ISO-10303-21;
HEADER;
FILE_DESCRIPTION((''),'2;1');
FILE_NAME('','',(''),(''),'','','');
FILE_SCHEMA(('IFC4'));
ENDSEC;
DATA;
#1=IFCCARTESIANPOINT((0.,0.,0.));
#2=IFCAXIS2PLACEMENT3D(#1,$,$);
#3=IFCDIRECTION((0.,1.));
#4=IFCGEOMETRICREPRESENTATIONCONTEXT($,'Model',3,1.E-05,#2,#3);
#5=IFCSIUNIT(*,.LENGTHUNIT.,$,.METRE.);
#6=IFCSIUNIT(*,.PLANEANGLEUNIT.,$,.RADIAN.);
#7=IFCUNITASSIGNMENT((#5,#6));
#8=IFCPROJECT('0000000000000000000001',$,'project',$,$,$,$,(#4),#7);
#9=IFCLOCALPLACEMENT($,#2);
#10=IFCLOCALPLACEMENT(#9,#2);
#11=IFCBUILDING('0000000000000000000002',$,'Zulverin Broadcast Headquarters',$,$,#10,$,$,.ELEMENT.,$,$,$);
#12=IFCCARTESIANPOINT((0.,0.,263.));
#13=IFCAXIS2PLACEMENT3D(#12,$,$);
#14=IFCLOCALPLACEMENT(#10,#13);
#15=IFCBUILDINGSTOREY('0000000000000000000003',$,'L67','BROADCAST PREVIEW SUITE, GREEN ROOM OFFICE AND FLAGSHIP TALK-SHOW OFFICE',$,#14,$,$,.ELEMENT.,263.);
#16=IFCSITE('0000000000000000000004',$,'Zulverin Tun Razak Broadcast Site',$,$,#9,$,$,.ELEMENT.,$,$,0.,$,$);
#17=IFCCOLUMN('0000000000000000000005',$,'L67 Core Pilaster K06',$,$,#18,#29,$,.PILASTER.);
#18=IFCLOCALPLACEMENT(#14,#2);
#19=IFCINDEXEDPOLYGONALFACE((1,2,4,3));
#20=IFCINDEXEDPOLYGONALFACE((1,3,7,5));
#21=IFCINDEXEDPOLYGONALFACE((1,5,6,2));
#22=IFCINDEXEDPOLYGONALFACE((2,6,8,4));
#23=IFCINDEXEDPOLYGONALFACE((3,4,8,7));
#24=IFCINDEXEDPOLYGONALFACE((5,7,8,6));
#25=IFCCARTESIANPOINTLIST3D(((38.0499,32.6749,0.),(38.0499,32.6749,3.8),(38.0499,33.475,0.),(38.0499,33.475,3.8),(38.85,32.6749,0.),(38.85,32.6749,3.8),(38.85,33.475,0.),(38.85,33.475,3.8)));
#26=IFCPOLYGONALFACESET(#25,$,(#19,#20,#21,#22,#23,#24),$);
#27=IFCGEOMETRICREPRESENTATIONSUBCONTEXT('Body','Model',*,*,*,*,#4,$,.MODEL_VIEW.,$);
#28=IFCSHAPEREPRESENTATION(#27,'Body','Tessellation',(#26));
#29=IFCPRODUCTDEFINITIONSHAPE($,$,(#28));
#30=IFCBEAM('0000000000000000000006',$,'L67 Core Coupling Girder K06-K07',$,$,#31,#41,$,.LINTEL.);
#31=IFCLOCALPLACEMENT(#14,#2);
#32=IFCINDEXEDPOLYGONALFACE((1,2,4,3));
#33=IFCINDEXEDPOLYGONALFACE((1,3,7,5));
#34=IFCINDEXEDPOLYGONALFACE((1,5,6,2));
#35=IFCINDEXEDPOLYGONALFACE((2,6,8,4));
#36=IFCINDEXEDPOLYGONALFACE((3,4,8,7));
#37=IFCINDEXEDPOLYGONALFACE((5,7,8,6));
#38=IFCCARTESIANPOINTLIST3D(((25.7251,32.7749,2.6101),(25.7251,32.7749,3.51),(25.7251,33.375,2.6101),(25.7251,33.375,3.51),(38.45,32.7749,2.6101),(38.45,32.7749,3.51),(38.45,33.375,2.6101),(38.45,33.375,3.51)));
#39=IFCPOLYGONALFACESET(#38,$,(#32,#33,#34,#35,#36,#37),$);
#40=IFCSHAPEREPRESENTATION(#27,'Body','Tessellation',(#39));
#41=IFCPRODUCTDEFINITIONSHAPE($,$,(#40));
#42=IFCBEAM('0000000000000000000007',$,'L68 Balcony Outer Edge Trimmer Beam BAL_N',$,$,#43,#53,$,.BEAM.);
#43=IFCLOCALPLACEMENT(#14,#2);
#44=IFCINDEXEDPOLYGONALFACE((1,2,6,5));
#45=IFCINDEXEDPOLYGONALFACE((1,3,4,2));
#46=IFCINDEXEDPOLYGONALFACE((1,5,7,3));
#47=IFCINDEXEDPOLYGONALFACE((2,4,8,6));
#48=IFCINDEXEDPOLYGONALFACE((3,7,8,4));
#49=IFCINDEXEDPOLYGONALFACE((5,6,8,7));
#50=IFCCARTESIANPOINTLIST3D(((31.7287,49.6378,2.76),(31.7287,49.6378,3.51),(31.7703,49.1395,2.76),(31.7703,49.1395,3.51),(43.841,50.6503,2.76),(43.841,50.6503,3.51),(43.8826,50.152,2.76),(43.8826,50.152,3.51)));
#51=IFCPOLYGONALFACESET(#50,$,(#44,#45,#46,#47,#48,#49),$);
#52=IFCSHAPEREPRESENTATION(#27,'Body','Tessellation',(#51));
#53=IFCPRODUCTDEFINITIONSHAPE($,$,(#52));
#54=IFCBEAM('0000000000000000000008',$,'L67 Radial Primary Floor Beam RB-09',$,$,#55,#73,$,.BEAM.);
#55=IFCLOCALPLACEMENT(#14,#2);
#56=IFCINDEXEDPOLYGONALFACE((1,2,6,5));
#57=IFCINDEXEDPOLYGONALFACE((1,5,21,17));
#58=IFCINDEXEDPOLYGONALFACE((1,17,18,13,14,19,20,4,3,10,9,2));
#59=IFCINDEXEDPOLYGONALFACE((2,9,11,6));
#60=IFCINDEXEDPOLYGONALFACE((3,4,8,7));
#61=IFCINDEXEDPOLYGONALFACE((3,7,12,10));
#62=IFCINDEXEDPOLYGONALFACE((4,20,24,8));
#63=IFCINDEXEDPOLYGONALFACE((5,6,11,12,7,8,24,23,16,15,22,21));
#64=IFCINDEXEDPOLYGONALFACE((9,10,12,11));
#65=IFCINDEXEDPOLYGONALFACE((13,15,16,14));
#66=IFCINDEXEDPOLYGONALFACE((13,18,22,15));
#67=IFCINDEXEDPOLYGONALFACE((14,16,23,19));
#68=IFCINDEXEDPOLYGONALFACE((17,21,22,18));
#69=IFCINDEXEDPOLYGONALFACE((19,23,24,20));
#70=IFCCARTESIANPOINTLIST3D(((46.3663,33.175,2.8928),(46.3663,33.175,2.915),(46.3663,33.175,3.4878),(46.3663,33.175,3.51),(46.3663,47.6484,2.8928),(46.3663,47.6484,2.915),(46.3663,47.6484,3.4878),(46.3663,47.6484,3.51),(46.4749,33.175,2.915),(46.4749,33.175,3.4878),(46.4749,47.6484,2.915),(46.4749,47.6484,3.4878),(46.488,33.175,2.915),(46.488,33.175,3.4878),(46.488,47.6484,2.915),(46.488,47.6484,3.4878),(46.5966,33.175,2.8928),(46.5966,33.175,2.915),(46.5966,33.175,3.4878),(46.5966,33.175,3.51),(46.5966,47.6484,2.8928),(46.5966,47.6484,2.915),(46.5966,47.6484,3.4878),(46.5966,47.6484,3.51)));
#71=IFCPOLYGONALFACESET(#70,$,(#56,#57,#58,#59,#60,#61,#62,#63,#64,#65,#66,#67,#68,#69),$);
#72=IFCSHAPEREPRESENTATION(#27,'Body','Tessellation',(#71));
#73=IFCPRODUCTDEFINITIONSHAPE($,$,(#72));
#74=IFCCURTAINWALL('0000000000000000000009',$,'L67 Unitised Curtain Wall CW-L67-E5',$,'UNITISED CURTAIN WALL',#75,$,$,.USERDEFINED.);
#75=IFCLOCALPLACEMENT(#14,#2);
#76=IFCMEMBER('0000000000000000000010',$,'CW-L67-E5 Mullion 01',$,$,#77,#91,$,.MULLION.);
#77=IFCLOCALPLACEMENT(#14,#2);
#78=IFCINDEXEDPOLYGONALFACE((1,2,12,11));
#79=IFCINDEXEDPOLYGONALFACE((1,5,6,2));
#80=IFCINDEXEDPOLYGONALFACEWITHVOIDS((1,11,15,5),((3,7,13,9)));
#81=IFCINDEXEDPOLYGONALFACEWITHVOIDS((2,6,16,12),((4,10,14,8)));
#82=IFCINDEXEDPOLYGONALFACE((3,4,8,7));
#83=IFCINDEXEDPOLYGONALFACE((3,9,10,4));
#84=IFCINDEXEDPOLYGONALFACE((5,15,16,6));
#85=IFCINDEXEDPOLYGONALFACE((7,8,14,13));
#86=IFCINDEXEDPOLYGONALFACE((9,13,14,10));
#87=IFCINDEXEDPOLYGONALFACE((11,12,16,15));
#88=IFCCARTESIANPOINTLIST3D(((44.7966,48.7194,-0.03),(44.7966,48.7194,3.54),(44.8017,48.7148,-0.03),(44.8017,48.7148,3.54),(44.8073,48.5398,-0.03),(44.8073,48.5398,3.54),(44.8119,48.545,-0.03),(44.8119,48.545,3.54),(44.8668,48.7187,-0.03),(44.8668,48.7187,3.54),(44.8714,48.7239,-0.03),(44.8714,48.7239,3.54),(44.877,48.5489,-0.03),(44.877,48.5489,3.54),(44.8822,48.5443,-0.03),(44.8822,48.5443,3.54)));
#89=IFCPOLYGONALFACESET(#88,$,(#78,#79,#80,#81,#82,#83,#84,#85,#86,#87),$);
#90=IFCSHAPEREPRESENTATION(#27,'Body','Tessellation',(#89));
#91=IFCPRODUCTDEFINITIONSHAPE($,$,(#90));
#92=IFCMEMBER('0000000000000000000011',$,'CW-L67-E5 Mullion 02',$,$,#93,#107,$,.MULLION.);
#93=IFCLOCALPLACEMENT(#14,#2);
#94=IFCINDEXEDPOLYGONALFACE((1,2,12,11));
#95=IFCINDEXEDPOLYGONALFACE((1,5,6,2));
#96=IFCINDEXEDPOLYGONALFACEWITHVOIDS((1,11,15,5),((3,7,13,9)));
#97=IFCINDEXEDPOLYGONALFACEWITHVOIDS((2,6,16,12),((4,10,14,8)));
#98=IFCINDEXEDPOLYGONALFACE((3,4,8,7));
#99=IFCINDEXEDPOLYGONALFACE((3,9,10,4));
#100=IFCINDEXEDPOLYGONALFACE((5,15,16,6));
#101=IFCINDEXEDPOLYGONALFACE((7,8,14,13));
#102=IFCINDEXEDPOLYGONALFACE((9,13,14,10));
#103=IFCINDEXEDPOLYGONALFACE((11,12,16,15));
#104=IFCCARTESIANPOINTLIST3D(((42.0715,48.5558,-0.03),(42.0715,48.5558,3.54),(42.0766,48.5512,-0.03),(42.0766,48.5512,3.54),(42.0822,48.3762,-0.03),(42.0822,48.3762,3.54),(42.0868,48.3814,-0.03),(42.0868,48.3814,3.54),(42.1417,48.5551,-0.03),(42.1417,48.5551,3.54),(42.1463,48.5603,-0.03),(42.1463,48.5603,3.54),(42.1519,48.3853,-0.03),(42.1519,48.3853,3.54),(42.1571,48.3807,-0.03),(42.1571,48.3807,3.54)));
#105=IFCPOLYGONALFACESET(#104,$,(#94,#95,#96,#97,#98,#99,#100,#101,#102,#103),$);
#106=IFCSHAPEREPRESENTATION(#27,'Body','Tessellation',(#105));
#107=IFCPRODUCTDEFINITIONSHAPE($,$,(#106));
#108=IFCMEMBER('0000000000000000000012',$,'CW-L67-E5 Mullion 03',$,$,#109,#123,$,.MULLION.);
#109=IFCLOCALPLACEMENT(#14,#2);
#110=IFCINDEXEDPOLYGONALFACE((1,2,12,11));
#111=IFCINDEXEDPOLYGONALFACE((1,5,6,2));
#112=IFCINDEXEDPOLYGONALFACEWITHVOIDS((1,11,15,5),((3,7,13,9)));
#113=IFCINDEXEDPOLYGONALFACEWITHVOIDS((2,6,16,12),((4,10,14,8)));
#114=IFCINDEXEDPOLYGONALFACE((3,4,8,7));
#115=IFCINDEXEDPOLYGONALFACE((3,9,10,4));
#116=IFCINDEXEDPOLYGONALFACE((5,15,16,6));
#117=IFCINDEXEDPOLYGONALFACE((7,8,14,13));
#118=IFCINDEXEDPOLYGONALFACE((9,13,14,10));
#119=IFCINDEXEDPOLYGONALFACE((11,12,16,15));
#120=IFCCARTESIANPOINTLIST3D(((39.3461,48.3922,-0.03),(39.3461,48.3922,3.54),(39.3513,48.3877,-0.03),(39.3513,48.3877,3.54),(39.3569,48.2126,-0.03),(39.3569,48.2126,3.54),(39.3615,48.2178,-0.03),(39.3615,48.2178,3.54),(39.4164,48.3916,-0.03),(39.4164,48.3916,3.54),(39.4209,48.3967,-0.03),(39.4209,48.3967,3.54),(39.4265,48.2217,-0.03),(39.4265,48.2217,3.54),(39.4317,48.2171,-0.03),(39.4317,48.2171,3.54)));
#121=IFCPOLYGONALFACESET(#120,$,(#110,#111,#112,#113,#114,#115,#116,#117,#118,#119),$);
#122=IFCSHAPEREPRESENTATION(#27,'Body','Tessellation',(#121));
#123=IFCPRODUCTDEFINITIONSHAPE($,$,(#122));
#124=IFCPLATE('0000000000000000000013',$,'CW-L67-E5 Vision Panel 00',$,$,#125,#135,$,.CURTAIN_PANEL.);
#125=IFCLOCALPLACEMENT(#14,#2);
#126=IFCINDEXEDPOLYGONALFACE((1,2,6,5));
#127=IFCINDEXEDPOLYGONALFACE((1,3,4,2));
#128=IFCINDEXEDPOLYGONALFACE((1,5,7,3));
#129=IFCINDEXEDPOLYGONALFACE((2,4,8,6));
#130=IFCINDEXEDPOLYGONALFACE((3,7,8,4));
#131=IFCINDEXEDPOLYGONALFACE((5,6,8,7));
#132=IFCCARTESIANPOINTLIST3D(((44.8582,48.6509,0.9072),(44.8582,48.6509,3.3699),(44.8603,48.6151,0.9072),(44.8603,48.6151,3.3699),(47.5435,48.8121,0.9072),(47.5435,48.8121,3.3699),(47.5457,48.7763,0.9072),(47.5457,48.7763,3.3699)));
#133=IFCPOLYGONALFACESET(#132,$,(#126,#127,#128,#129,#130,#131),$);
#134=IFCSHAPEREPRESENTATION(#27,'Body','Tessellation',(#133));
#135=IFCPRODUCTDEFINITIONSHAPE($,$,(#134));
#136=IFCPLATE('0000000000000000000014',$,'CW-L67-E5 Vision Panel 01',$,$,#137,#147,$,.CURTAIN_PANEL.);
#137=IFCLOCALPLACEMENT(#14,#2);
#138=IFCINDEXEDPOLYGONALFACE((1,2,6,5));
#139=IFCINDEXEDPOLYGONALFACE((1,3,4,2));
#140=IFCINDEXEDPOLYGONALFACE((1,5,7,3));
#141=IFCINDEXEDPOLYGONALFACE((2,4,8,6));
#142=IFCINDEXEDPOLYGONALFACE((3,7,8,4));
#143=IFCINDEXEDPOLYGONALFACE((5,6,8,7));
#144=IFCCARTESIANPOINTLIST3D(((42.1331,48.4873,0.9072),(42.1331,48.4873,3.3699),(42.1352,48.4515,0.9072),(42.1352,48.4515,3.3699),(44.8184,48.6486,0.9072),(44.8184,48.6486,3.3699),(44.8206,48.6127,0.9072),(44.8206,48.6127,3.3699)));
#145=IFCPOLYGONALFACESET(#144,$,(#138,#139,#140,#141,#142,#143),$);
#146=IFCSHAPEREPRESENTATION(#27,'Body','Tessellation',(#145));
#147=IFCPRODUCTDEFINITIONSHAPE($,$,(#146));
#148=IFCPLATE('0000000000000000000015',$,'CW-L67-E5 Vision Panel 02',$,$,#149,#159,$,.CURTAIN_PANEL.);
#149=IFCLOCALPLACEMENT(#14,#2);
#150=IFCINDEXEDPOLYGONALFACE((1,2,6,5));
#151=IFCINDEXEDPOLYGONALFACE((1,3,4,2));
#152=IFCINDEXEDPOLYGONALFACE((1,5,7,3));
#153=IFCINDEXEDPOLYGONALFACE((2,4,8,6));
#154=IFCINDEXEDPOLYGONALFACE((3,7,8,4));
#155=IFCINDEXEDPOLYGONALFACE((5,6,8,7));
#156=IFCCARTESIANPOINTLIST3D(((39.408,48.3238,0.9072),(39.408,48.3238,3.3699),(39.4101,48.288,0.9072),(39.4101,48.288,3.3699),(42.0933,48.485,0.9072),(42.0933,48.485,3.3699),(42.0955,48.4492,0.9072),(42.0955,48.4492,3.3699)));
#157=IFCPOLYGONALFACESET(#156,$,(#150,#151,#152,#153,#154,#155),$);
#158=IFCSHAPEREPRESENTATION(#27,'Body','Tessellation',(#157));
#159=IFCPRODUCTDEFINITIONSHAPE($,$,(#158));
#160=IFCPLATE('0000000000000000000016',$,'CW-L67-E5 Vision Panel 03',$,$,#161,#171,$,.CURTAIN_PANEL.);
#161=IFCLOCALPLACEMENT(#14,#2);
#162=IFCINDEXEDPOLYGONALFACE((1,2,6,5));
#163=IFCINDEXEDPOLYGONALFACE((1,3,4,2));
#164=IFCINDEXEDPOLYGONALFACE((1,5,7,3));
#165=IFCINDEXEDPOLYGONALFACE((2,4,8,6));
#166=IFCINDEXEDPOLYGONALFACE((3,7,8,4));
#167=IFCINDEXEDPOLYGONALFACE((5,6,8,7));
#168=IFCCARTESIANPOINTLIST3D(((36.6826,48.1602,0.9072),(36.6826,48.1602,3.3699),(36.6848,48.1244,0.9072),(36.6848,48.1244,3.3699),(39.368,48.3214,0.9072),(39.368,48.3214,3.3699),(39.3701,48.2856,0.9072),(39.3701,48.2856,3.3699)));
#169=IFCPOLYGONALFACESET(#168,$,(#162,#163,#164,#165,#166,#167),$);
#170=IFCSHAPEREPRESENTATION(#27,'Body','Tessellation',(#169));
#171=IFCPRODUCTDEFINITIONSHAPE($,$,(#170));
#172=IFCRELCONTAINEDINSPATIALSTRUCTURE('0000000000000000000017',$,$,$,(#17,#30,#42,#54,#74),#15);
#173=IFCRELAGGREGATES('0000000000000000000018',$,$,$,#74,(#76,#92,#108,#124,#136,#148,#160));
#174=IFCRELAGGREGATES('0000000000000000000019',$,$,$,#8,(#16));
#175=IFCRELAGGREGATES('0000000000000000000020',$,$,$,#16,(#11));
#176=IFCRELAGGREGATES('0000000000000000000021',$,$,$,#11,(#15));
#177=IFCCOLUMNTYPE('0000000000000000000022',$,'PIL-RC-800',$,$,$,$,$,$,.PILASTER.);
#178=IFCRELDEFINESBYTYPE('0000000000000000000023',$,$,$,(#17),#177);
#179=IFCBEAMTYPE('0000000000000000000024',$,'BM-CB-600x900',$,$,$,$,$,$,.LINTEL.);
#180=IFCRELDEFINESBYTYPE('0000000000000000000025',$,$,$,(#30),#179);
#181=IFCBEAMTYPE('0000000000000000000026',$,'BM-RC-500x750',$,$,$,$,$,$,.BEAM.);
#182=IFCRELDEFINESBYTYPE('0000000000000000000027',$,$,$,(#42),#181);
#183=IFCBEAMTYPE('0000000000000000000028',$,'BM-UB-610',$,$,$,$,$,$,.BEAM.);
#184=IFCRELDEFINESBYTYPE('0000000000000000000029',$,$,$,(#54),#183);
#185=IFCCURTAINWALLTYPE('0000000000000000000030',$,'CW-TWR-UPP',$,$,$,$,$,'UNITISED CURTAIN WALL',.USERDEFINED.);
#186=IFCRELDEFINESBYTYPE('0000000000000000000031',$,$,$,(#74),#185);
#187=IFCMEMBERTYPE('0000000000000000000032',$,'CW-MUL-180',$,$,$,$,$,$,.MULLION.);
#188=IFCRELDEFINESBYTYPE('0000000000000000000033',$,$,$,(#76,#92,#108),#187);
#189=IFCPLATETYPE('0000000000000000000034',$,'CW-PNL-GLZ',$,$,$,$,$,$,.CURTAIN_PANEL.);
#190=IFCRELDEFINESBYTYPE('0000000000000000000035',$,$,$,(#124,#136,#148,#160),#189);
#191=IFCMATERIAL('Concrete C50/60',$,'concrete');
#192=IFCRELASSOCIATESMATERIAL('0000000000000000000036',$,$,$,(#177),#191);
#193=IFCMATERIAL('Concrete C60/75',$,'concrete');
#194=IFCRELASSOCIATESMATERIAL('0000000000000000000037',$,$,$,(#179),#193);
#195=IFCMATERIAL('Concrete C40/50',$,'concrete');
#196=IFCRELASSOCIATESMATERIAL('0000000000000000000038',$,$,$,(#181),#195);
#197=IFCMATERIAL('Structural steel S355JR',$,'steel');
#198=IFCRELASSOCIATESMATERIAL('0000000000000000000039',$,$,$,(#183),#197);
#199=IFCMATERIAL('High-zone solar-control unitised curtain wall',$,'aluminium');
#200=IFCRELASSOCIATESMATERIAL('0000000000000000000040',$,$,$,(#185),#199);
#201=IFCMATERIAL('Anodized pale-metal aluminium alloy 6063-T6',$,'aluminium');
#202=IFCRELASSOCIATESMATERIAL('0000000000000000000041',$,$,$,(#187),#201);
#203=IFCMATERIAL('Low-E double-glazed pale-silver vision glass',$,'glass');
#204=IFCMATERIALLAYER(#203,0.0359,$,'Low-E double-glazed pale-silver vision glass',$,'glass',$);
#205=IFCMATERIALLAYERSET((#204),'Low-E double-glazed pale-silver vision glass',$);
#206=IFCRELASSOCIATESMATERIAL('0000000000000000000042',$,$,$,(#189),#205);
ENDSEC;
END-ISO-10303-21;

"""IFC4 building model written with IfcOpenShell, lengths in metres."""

from ifc_helpers import new_model, si_unit, direction, frame, origin, origin_2d, place, context, subcontext, project, spatial, rectangle, hollow_rectangle, i_section, extrude, material, layer, layer_set, material_profile, profile_set, type_object, element, aggregate, save


model = new_model("IFC4")

# Units and contexts
model_context = context("Model", 3, precision=1e-05, world=origin(), true_north=direction((0.0, 1.0)))
body_context = subcontext(model_context, "Body", "Model", "MODEL_VIEW")
ifc_project = project(units=[si_unit("LENGTHUNIT", "METRE"), si_unit("PLANEANGLEUNIT", "RADIAN")], contexts=[model_context])

# Site, building, storey
site_placement = place(None, origin())
site = spatial("IfcSite", under=ifc_project, at=site_placement, Name="Zulverin Tun Razak Broadcast Site", CompositionType="ELEMENT", RefElevation=0.0)
building_placement = place(site_placement, origin())
building = spatial("IfcBuilding", under=site, at=building_placement, Name="Zulverin Broadcast Headquarters", CompositionType="ELEMENT")
storey_placement = place(building_placement, frame((0.0, 0.0, 263.0)))
storey = spatial("IfcBuildingStorey", under=building, at=storey_placement, Name="L67", Description="BROADCAST PREVIEW SUITE, GREEN ROOM OFFICE AND FLAGSHIP TALK-SHOW OFFICE", CompositionType="ELEMENT", Elevation=263.0)

# Column
ifc_material_1 = material(Name="Concrete C50/60", Category="concrete")
ifc_material_profile_1 = material_profile(ifc_material_1, rectangle(XDim=0.8, YDim=0.8, at=origin_2d()), Name="Concrete C50/60", Category="concrete")
ifc_profile_set_1 = profile_set([ifc_material_profile_1], Name="Concrete C50/60")
column_type = type_object("IfcColumnType", Name="PIL-RC-800", PredefinedType="PILASTER", material=ifc_profile_set_1)
column_placement = place(storey_placement, frame((38.45, 33.075, 0.0), z_axis=(0.0, 0.0, 1.0), x_axis=(1.0, 0.0, 0.0)))
element("IfcColumn", 1, at=column_placement, inside=storey, type_object=column_type, Name="L67 Core Pilaster K06", PredefinedType="PILASTER", context=body_context, shape_type="SweptSolid", body=[
    extrude(rectangle(XDim=0.8, YDim=0.8, at=origin_2d()), origin(), (0.0, 0.0, 1.0), 3.8),
])

# Beams
ifc_material_2 = material(Name="Concrete C60/75", Category="concrete")
ifc_material_profile_2 = material_profile(ifc_material_2, rectangle(XDim=0.6001, YDim=0.8999, at=origin_2d()), Name="Concrete C60/75", Category="concrete")
ifc_profile_set_2 = profile_set([ifc_material_profile_2], Name="Concrete C60/75")
beam_type_1 = type_object("IfcBeamType", Name="BM-CB-600x900", PredefinedType="LINTEL", material=ifc_profile_set_2)
beam_1_placement = place(storey_placement, frame((38.45, 33.075, 3.0601), z_axis=(-1.0, 0.0, 0.0), x_axis=(0.0, -1.0, 0.0)))
element("IfcBeam", 2, at=beam_1_placement, inside=storey, type_object=beam_type_1, Name="L67 Core Coupling Girder K06-K07", PredefinedType="LINTEL", context=body_context, shape_type="SweptSolid", body=[
    extrude(rectangle(XDim=0.6001, YDim=0.8999, at=origin_2d()), origin(), (0.0, 0.0, 1.0), 12.7249),
])
ifc_material_3 = material(Name="Concrete C40/50", Category="concrete")
ifc_material_profile_3 = material_profile(ifc_material_3, rectangle(XDim=0.5, YDim=0.75, at=origin_2d()), Name="Concrete C40/50", Category="concrete")
ifc_profile_set_3 = profile_set([ifc_material_profile_3], Name="Concrete C40/50")
beam_type_2 = type_object("IfcBeamType", Name="BM-RC-500x750", PredefinedType="BEAM", material=ifc_profile_set_3)
beam_2_placement = place(storey_placement, frame((43.8618, 50.4011, 3.135), z_axis=(-0.996525, -0.083298, 0.0), x_axis=(0.083298, -0.996525, 0.0)))
element("IfcBeam", 3, at=beam_2_placement, inside=storey, type_object=beam_type_2, Name="L68 Balcony Outer Edge Trimmer Beam BAL_N", PredefinedType="BEAM", context=body_context, shape_type="SweptSolid", body=[
    extrude(rectangle(XDim=0.5, YDim=0.75, at=origin_2d()), origin(), (0.0, 0.0, 1.0), 12.1545),
])
ifc_material_4 = material(Name="Structural steel S355JR", Category="steel")
ifc_material_profile_4 = material_profile(ifc_material_4, i_section(OverallWidth=0.2302, OverallDepth=0.6172, WebThickness=0.0132, FlangeThickness=0.0222, at=origin_2d()), Name="Structural steel S355JR", Category="steel")
ifc_profile_set_4 = profile_set([ifc_material_profile_4], Name="Structural steel S355JR")
beam_type_3 = type_object("IfcBeamType", Name="BM-UB-610", PredefinedType="BEAM", material=ifc_profile_set_4)
beam_3_placement = place(storey_placement, frame((46.4814, 33.175, 3.2014), z_axis=(0.0, 1.0, 0.0), x_axis=(-1.0, 0.0, 0.0)))
element("IfcBeam", 4, at=beam_3_placement, inside=storey, type_object=beam_type_3, Name="L67 Radial Primary Floor Beam RB-09", PredefinedType="BEAM", context=body_context, shape_type="SweptSolid", body=[
    extrude(i_section(OverallWidth=0.2302, OverallDepth=0.6172, WebThickness=0.0132, FlangeThickness=0.0222, at=origin_2d()), origin(), (0.0, 0.0, 1.0), 14.4734),
])

# Curtain wall, members, plates
ifc_material_5 = material(Name="High-zone solar-control unitised curtain wall", Category="aluminium")
curtain_wall_type = type_object("IfcCurtainWallType", Name="CW-TWR-UPP", ElementType="UNITISED CURTAIN WALL", PredefinedType="USERDEFINED", material=ifc_material_5)
curtain_wall_placement = place(storey_placement, origin())
curtain_wall = element("IfcCurtainWall", 5, at=curtain_wall_placement, inside=storey, type_object=curtain_wall_type, Name="L67 Unitised Curtain Wall CW-L67-E5", ObjectType="UNITISED CURTAIN WALL", PredefinedType="USERDEFINED")
ifc_material_6 = material(Name="Anodized pale-metal aluminium alloy 6063-T6", Category="aluminium")
ifc_material_profile_5 = material_profile(ifc_material_6, hollow_rectangle(XDim=0.075, YDim=0.1799, WallThickness=0.0049, at=origin_2d()), Name="Anodized pale-metal aluminium alloy 6063-T6", Category="aluminium")
ifc_profile_set_5 = profile_set([ifc_material_profile_5], Name="Anodized pale-metal aluminium alloy 6063-T6")
member_type = type_object("IfcMemberType", Name="CW-MUL-180", PredefinedType="MULLION", material=ifc_profile_set_5)
member_1_placement = place(storey_placement, frame((44.8394, 48.6318, -0.03), z_axis=(0.0, 0.0, 1.0), x_axis=(-0.998203, -0.05993, 0.0)))
member_1 = element("IfcMember", 6, at=member_1_placement, type_object=member_type, Name="CW-L67-E5 Mullion 01", PredefinedType="MULLION", context=body_context, shape_type="SweptSolid", body=[
    extrude(hollow_rectangle(XDim=0.075, YDim=0.1799, WallThickness=0.0049, at=origin_2d()), origin(), (0.0, 0.0, 1.0), 3.5701),
])
member_2_placement = place(storey_placement, frame((42.1143, 48.4683, -0.03), z_axis=(0.0, 0.0, 1.0), x_axis=(-0.998203, -0.05993, 0.0)))
member_2 = element("IfcMember", 7, at=member_2_placement, type_object=member_type, Name="CW-L67-E5 Mullion 02", PredefinedType="MULLION", context=body_context, shape_type="SweptSolid", body=[
    extrude(hollow_rectangle(XDim=0.075, YDim=0.1799, WallThickness=0.0049, at=origin_2d()), origin(), (0.0, 0.0, 1.0), 3.5701),
])
member_3_placement = place(storey_placement, frame((39.3889, 48.3047, -0.03), z_axis=(0.0, 0.0, 1.0), x_axis=(-0.998203, -0.05993, 0.0)))
member_3 = element("IfcMember", 8, at=member_3_placement, type_object=member_type, Name="CW-L67-E5 Mullion 03", PredefinedType="MULLION", context=body_context, shape_type="SweptSolid", body=[
    extrude(hollow_rectangle(XDim=0.075, YDim=0.1799, WallThickness=0.0049, at=origin_2d()), origin(), (0.0, 0.0, 1.0), 3.5701),
])
ifc_material_7 = material(Name="Low-E double-glazed pale-silver vision glass", Category="glass")
ifc_layer_1 = layer(ifc_material_7, 0.0359, Name="Low-E double-glazed pale-silver vision glass", Category="glass")
ifc_layer_set_1 = layer_set([ifc_layer_1], Name="Low-E double-glazed pale-silver vision glass")
plate_type_1 = type_object("IfcPlateType", Name="CW-PNL-GLZ", PredefinedType="CURTAIN_PANEL", material=ifc_layer_set_1)
plate_1_placement = place(storey_placement, frame((46.2019, 48.7136, 0.9072), z_axis=(0.0, 0.0, 1.0), x_axis=(-0.998203, -0.05993, 0.0)))
plate_1 = element("IfcPlate", 9, at=plate_1_placement, type_object=plate_type_1, Name="CW-L67-E5 Vision Panel 00", PredefinedType="CURTAIN_PANEL", context=body_context, shape_type="SweptSolid", body=[
    extrude(rectangle(XDim=2.6902, YDim=0.0359, at=origin_2d()), origin(), (0.0, 0.0, 1.0), 2.4626),
])
plate_2_placement = place(storey_placement, frame((43.4768, 48.55, 0.9072), z_axis=(0.0, 0.0, 1.0), x_axis=(-0.998203, -0.05993, 0.0)))
plate_2 = element("IfcPlate", 10, at=plate_2_placement, type_object=plate_type_1, Name="CW-L67-E5 Vision Panel 01", PredefinedType="CURTAIN_PANEL", context=body_context, shape_type="SweptSolid", body=[
    extrude(rectangle(XDim=2.6902, YDim=0.0359, at=origin_2d()), origin(), (0.0, 0.0, 1.0), 2.4626),
])
plate_3_placement = place(storey_placement, frame((40.7517, 48.3865, 0.9072), z_axis=(0.0, 0.0, 1.0), x_axis=(-0.998203, -0.05993, 0.0)))
plate_3 = element("IfcPlate", 11, at=plate_3_placement, type_object=plate_type_1, Name="CW-L67-E5 Vision Panel 02", PredefinedType="CURTAIN_PANEL", context=body_context, shape_type="SweptSolid", body=[
    extrude(rectangle(XDim=2.6902, YDim=0.0359, at=origin_2d()), origin(), (0.0, 0.0, 1.0), 2.4626),
])
plate_4_placement = place(storey_placement, frame((38.0264, 48.2229, 0.9072), z_axis=(0.0, 0.0, 1.0), x_axis=(-0.998203, -0.05993, 0.0)))
plate_4 = element("IfcPlate", 12, at=plate_4_placement, type_object=plate_type_1, Name="CW-L67-E5 Vision Panel 03", PredefinedType="CURTAIN_PANEL", context=body_context, shape_type="SweptSolid", body=[
    extrude(rectangle(XDim=2.6902, YDim=0.0359, at=origin_2d()), origin(), (0.0, 0.0, 1.0), 2.4626),
])
aggregate(curtain_wall, [member_1, member_2, member_3, plate_1, plate_2, plate_3, plate_4])

save(model, "model.ifc")
